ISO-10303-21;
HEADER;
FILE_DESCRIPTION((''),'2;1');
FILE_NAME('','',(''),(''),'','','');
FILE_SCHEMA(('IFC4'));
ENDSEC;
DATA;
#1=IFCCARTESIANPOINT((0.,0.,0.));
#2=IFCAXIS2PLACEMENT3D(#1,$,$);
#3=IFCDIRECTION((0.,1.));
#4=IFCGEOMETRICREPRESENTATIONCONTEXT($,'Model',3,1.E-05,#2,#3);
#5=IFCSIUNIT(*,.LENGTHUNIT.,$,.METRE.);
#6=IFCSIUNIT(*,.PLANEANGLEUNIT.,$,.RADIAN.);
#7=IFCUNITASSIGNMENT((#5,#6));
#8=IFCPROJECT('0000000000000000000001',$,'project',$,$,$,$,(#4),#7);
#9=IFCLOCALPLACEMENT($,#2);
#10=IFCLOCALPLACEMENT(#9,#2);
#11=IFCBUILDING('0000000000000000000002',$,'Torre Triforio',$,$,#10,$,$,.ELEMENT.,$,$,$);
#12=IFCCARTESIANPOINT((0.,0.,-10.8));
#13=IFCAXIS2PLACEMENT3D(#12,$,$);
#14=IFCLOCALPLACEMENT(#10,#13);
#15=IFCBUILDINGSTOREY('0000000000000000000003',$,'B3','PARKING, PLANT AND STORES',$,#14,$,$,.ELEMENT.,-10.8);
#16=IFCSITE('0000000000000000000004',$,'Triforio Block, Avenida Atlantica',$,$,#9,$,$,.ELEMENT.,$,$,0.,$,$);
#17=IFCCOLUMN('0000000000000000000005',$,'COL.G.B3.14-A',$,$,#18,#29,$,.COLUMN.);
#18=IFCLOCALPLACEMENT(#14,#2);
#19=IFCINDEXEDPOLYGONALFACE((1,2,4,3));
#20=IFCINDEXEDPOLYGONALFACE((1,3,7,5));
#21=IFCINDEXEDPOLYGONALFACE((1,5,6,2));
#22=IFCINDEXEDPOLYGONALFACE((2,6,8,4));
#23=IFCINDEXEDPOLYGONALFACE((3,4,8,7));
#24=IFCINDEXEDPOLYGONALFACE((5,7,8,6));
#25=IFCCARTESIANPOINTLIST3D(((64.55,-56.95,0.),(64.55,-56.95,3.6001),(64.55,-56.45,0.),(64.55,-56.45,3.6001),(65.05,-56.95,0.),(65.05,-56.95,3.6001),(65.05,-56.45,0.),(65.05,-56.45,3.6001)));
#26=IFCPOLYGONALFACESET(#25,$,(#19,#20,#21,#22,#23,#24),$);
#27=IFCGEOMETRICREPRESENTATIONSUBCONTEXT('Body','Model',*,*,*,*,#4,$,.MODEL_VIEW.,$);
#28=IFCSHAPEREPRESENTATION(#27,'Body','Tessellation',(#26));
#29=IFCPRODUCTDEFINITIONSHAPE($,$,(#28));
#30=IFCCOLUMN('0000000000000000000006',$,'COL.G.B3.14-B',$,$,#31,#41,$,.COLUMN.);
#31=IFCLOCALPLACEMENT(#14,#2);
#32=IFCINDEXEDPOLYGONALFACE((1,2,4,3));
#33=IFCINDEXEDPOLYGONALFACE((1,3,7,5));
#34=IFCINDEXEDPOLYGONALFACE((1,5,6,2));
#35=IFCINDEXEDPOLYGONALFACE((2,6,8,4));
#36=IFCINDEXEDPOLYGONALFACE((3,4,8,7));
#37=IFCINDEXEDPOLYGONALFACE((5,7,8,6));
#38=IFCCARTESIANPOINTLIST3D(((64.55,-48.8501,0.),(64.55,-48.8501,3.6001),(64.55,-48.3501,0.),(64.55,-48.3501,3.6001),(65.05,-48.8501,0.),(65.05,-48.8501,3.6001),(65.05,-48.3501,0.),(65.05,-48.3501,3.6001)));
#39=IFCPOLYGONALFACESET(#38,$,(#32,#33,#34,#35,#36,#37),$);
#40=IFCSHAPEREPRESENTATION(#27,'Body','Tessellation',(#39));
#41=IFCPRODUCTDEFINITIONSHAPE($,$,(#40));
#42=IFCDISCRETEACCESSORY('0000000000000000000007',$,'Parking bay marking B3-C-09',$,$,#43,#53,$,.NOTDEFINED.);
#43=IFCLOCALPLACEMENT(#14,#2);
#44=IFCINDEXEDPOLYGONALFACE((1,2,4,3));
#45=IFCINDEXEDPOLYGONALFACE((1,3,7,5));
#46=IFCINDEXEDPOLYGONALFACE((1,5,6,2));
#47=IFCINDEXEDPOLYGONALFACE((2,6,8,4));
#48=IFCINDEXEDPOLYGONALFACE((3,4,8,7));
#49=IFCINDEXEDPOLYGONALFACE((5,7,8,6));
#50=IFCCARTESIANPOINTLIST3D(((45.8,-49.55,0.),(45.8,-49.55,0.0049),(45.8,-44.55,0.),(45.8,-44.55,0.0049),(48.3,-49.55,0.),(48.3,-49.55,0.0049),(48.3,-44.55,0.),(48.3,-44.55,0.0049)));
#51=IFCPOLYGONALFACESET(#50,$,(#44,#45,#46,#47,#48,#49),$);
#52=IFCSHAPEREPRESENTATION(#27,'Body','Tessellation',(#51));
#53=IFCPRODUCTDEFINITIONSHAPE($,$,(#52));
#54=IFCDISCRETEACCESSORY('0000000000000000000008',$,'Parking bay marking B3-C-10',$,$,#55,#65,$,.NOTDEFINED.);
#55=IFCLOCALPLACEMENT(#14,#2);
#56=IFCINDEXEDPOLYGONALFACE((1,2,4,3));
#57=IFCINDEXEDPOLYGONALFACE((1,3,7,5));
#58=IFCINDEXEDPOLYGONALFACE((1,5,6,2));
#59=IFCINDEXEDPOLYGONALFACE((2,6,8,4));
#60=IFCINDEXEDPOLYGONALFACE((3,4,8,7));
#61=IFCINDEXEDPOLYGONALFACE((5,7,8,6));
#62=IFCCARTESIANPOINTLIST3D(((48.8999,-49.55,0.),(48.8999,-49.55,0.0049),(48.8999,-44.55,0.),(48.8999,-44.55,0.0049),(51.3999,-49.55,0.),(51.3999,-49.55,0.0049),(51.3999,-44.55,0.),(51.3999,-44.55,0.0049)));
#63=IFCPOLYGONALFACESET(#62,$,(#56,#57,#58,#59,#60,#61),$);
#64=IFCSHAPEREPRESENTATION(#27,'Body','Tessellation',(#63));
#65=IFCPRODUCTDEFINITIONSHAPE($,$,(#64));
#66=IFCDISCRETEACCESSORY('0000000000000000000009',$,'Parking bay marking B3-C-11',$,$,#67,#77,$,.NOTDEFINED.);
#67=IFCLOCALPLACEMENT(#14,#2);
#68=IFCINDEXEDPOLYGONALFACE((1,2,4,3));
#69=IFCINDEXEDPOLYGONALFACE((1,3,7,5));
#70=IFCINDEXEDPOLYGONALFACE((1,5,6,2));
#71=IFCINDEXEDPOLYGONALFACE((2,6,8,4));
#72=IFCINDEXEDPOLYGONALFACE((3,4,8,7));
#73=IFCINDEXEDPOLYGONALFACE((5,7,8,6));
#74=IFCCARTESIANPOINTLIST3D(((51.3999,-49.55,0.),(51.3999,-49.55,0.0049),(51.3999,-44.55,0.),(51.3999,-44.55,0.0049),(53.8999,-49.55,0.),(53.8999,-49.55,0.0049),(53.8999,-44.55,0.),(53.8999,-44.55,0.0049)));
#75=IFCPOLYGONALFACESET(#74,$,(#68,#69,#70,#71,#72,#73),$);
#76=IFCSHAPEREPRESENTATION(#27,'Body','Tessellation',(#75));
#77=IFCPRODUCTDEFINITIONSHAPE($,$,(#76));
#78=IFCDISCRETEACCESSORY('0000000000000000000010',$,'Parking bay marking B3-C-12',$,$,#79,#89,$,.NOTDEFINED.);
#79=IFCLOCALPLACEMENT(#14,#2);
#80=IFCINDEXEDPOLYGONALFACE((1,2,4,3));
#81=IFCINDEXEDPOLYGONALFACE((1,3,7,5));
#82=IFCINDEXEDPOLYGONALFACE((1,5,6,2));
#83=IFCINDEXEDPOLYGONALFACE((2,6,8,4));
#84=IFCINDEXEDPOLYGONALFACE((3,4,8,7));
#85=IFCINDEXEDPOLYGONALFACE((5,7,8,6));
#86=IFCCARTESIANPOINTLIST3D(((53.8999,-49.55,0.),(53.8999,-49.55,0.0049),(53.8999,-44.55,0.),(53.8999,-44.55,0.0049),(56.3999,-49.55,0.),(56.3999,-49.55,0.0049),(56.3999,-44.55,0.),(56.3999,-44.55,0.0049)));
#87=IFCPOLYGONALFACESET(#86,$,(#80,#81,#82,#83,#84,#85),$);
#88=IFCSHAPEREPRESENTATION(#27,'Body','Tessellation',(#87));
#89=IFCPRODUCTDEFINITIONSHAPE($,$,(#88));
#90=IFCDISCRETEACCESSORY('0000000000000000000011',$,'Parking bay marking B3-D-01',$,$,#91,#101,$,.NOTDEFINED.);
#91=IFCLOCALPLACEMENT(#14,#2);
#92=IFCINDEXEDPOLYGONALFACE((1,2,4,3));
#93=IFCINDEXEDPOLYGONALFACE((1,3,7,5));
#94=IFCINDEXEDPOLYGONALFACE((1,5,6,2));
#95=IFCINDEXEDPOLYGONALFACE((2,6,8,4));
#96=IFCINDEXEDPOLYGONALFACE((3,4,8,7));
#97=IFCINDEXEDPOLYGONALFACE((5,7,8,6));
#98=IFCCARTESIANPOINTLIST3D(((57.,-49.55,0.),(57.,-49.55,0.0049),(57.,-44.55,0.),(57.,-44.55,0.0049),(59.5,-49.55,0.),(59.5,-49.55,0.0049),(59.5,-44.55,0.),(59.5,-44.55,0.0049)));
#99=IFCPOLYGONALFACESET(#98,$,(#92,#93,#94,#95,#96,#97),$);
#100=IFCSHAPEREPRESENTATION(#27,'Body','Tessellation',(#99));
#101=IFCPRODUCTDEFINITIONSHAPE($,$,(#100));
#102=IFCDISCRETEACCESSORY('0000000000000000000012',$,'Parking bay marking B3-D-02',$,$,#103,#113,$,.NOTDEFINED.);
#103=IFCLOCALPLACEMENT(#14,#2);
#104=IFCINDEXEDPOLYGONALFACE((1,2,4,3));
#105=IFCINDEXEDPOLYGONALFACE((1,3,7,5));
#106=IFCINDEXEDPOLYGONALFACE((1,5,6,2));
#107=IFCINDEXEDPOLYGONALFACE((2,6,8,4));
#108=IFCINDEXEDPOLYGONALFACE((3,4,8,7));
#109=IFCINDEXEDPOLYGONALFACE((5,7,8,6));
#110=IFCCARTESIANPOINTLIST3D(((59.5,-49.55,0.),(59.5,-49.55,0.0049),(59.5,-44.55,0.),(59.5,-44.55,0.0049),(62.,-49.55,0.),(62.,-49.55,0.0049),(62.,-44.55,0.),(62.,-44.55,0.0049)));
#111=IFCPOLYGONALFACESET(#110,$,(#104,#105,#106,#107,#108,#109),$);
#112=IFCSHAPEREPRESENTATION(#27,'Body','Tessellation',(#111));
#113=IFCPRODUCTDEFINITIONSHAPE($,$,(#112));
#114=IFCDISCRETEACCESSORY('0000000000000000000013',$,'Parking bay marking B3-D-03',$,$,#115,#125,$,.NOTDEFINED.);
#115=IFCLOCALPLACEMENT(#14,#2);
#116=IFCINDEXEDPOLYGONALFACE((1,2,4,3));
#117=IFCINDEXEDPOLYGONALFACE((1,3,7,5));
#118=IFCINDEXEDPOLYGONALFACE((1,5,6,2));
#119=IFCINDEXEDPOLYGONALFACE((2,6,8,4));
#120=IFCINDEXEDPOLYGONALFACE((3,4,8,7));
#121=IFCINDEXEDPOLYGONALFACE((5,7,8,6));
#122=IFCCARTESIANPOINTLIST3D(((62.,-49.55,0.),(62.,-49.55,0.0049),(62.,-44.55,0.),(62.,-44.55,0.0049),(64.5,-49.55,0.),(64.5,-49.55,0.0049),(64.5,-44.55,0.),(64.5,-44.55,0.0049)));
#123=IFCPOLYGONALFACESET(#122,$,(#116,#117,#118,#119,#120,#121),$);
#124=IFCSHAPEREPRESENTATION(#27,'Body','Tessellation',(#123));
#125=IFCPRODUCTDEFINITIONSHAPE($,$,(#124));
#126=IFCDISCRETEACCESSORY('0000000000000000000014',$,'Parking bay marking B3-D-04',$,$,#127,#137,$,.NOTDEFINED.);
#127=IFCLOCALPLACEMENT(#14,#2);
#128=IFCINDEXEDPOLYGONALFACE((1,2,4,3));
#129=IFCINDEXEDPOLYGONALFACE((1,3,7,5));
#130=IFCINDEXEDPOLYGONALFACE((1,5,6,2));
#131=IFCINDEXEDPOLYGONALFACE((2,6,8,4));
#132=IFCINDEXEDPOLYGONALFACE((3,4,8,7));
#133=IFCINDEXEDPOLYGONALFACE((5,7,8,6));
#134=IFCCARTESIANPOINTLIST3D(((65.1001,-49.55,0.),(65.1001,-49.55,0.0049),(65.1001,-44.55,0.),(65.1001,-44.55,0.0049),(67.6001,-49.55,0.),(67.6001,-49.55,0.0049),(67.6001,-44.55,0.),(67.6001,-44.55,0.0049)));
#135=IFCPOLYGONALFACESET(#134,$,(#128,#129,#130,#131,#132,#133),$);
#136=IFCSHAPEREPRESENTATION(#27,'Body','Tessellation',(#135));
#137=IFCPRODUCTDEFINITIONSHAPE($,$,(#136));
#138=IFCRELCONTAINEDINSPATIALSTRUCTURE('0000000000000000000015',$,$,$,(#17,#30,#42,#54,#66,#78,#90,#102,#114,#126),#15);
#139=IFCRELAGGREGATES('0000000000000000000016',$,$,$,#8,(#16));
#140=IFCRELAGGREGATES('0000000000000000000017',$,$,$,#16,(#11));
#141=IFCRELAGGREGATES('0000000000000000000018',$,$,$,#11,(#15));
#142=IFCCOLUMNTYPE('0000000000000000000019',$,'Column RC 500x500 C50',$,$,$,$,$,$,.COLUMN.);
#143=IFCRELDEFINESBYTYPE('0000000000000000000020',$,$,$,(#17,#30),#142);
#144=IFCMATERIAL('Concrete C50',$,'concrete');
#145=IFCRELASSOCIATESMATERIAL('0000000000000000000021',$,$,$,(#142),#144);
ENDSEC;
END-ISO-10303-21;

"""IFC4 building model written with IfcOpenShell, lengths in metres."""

from ifc_helpers import new_model, si_unit, direction, frame, origin, origin_2d, place, context, subcontext, project, spatial, rectangle, extrude, material, material_profile, profile_set, type_object, element, save


model = new_model("IFC4")

# Units and contexts
model_context = context("Model", 3, precision=1e-05, world=origin(), true_north=direction((0.0, 1.0)))
body_context = subcontext(model_context, "Body", "Model", "MODEL_VIEW")
ifc_project = project(units=[si_unit("LENGTHUNIT", "METRE"), si_unit("PLANEANGLEUNIT", "RADIAN")], contexts=[model_context])

# Site, building, storey
site_placement = place(None, origin())
site = spatial("IfcSite", under=ifc_project, at=site_placement, Name="Triforio Block, Avenida Atlantica", CompositionType="ELEMENT", RefElevation=0.0)
building_placement = place(site_placement, origin())
building = spatial("IfcBuilding", under=site, at=building_placement, Name="Torre Triforio", CompositionType="ELEMENT")
storey_placement = place(building_placement, frame((0.0, 0.0, -10.8)))
storey = spatial("IfcBuildingStorey", under=building, at=storey_placement, Name="B3", Description="PARKING, PLANT AND STORES", CompositionType="ELEMENT", Elevation=-10.8)

# Shared definitions
ifc_material_1 = material(Name="Concrete C50", Category="concrete")

# Columns
ifc_material_profile_1 = material_profile(ifc_material_1, rectangle(XDim=0.5, YDim=0.5, at=origin_2d()), Name="RC 500x500")
ifc_profile_set_1 = profile_set([ifc_material_profile_1], Name="Concrete C50")
column_type = type_object("IfcColumnType", Name="Column RC 500x500 C50", PredefinedType="COLUMN", material=ifc_profile_set_1)
for number, where, z_axis, x_axis, name in (
    (1, (64.8, -56.7, 0.0), (0.0, 0.0, 1.0), (1.0, 0.0, 0.0), "COL.G.B3.14-A"),
    (2, (64.8, -48.6001, 0.0), (0.0, 0.0, 1.0), (1.0, 0.0, 0.0), "COL.G.B3.14-B"),
):
    element("IfcColumn", number, at=place(storey_placement, frame(where, z_axis=z_axis, x_axis=x_axis)), inside=storey, type_object=column_type, Name=name, PredefinedType="COLUMN", context=body_context, shape_type="SweptSolid", body=[
        extrude(rectangle(XDim=0.5, YDim=0.5, at=origin_2d()), origin(), (0.0, 0.0, 1.0), 3.6001),
    ])

# Discrete accessories
for number, where, z_axis, x_axis, name in (
    (3, (47.05, -47.05, 0.0), (0.0, 0.0, 1.0), (1.0, 0.0, 0.0), "Parking bay marking B3-C-09"),
    (4, (50.1499, -47.05, 0.0), (0.0, 0.0, 1.0), (1.0, 0.0, 0.0), "Parking bay marking B3-C-10"),
    (5, (52.6499, -47.05, 0.0), (0.0, 0.0, 1.0), (1.0, 0.0, 0.0), "Parking bay marking B3-C-11"),
    (6, (55.1499, -47.05, 0.0), (0.0, 0.0, 1.0), (1.0, 0.0, 0.0), "Parking bay marking B3-C-12"),
    (7, (58.25, -47.05, 0.0), (0.0, 0.0, 1.0), (1.0, 0.0, 0.0), "Parking bay marking B3-D-01"),
    (8, (60.75, -47.05, 0.0), (0.0, 0.0, 1.0), (1.0, 0.0, 0.0), "Parking bay marking B3-D-02"),
    (9, (63.25, -47.05, 0.0), (0.0, 0.0, 1.0), (1.0, 0.0, 0.0), "Parking bay marking B3-D-03"),
    (10, (66.3501, -47.05, 0.0), (0.0, 0.0, 1.0), (1.0, 0.0, 0.0), "Parking bay marking B3-D-04"),
):
    element("IfcDiscreteAccessory", number, at=place(storey_placement, frame(where, z_axis=z_axis, x_axis=x_axis)), inside=storey, Name=name, PredefinedType="NOTDEFINED", context=body_context, shape_type="SweptSolid", body=[
        extrude(rectangle(XDim=2.5, YDim=5.0, at=origin_2d()), origin(), (0.0, 0.0, 1.0), 0.0049),
    ])

save(model, "model.ifc")
